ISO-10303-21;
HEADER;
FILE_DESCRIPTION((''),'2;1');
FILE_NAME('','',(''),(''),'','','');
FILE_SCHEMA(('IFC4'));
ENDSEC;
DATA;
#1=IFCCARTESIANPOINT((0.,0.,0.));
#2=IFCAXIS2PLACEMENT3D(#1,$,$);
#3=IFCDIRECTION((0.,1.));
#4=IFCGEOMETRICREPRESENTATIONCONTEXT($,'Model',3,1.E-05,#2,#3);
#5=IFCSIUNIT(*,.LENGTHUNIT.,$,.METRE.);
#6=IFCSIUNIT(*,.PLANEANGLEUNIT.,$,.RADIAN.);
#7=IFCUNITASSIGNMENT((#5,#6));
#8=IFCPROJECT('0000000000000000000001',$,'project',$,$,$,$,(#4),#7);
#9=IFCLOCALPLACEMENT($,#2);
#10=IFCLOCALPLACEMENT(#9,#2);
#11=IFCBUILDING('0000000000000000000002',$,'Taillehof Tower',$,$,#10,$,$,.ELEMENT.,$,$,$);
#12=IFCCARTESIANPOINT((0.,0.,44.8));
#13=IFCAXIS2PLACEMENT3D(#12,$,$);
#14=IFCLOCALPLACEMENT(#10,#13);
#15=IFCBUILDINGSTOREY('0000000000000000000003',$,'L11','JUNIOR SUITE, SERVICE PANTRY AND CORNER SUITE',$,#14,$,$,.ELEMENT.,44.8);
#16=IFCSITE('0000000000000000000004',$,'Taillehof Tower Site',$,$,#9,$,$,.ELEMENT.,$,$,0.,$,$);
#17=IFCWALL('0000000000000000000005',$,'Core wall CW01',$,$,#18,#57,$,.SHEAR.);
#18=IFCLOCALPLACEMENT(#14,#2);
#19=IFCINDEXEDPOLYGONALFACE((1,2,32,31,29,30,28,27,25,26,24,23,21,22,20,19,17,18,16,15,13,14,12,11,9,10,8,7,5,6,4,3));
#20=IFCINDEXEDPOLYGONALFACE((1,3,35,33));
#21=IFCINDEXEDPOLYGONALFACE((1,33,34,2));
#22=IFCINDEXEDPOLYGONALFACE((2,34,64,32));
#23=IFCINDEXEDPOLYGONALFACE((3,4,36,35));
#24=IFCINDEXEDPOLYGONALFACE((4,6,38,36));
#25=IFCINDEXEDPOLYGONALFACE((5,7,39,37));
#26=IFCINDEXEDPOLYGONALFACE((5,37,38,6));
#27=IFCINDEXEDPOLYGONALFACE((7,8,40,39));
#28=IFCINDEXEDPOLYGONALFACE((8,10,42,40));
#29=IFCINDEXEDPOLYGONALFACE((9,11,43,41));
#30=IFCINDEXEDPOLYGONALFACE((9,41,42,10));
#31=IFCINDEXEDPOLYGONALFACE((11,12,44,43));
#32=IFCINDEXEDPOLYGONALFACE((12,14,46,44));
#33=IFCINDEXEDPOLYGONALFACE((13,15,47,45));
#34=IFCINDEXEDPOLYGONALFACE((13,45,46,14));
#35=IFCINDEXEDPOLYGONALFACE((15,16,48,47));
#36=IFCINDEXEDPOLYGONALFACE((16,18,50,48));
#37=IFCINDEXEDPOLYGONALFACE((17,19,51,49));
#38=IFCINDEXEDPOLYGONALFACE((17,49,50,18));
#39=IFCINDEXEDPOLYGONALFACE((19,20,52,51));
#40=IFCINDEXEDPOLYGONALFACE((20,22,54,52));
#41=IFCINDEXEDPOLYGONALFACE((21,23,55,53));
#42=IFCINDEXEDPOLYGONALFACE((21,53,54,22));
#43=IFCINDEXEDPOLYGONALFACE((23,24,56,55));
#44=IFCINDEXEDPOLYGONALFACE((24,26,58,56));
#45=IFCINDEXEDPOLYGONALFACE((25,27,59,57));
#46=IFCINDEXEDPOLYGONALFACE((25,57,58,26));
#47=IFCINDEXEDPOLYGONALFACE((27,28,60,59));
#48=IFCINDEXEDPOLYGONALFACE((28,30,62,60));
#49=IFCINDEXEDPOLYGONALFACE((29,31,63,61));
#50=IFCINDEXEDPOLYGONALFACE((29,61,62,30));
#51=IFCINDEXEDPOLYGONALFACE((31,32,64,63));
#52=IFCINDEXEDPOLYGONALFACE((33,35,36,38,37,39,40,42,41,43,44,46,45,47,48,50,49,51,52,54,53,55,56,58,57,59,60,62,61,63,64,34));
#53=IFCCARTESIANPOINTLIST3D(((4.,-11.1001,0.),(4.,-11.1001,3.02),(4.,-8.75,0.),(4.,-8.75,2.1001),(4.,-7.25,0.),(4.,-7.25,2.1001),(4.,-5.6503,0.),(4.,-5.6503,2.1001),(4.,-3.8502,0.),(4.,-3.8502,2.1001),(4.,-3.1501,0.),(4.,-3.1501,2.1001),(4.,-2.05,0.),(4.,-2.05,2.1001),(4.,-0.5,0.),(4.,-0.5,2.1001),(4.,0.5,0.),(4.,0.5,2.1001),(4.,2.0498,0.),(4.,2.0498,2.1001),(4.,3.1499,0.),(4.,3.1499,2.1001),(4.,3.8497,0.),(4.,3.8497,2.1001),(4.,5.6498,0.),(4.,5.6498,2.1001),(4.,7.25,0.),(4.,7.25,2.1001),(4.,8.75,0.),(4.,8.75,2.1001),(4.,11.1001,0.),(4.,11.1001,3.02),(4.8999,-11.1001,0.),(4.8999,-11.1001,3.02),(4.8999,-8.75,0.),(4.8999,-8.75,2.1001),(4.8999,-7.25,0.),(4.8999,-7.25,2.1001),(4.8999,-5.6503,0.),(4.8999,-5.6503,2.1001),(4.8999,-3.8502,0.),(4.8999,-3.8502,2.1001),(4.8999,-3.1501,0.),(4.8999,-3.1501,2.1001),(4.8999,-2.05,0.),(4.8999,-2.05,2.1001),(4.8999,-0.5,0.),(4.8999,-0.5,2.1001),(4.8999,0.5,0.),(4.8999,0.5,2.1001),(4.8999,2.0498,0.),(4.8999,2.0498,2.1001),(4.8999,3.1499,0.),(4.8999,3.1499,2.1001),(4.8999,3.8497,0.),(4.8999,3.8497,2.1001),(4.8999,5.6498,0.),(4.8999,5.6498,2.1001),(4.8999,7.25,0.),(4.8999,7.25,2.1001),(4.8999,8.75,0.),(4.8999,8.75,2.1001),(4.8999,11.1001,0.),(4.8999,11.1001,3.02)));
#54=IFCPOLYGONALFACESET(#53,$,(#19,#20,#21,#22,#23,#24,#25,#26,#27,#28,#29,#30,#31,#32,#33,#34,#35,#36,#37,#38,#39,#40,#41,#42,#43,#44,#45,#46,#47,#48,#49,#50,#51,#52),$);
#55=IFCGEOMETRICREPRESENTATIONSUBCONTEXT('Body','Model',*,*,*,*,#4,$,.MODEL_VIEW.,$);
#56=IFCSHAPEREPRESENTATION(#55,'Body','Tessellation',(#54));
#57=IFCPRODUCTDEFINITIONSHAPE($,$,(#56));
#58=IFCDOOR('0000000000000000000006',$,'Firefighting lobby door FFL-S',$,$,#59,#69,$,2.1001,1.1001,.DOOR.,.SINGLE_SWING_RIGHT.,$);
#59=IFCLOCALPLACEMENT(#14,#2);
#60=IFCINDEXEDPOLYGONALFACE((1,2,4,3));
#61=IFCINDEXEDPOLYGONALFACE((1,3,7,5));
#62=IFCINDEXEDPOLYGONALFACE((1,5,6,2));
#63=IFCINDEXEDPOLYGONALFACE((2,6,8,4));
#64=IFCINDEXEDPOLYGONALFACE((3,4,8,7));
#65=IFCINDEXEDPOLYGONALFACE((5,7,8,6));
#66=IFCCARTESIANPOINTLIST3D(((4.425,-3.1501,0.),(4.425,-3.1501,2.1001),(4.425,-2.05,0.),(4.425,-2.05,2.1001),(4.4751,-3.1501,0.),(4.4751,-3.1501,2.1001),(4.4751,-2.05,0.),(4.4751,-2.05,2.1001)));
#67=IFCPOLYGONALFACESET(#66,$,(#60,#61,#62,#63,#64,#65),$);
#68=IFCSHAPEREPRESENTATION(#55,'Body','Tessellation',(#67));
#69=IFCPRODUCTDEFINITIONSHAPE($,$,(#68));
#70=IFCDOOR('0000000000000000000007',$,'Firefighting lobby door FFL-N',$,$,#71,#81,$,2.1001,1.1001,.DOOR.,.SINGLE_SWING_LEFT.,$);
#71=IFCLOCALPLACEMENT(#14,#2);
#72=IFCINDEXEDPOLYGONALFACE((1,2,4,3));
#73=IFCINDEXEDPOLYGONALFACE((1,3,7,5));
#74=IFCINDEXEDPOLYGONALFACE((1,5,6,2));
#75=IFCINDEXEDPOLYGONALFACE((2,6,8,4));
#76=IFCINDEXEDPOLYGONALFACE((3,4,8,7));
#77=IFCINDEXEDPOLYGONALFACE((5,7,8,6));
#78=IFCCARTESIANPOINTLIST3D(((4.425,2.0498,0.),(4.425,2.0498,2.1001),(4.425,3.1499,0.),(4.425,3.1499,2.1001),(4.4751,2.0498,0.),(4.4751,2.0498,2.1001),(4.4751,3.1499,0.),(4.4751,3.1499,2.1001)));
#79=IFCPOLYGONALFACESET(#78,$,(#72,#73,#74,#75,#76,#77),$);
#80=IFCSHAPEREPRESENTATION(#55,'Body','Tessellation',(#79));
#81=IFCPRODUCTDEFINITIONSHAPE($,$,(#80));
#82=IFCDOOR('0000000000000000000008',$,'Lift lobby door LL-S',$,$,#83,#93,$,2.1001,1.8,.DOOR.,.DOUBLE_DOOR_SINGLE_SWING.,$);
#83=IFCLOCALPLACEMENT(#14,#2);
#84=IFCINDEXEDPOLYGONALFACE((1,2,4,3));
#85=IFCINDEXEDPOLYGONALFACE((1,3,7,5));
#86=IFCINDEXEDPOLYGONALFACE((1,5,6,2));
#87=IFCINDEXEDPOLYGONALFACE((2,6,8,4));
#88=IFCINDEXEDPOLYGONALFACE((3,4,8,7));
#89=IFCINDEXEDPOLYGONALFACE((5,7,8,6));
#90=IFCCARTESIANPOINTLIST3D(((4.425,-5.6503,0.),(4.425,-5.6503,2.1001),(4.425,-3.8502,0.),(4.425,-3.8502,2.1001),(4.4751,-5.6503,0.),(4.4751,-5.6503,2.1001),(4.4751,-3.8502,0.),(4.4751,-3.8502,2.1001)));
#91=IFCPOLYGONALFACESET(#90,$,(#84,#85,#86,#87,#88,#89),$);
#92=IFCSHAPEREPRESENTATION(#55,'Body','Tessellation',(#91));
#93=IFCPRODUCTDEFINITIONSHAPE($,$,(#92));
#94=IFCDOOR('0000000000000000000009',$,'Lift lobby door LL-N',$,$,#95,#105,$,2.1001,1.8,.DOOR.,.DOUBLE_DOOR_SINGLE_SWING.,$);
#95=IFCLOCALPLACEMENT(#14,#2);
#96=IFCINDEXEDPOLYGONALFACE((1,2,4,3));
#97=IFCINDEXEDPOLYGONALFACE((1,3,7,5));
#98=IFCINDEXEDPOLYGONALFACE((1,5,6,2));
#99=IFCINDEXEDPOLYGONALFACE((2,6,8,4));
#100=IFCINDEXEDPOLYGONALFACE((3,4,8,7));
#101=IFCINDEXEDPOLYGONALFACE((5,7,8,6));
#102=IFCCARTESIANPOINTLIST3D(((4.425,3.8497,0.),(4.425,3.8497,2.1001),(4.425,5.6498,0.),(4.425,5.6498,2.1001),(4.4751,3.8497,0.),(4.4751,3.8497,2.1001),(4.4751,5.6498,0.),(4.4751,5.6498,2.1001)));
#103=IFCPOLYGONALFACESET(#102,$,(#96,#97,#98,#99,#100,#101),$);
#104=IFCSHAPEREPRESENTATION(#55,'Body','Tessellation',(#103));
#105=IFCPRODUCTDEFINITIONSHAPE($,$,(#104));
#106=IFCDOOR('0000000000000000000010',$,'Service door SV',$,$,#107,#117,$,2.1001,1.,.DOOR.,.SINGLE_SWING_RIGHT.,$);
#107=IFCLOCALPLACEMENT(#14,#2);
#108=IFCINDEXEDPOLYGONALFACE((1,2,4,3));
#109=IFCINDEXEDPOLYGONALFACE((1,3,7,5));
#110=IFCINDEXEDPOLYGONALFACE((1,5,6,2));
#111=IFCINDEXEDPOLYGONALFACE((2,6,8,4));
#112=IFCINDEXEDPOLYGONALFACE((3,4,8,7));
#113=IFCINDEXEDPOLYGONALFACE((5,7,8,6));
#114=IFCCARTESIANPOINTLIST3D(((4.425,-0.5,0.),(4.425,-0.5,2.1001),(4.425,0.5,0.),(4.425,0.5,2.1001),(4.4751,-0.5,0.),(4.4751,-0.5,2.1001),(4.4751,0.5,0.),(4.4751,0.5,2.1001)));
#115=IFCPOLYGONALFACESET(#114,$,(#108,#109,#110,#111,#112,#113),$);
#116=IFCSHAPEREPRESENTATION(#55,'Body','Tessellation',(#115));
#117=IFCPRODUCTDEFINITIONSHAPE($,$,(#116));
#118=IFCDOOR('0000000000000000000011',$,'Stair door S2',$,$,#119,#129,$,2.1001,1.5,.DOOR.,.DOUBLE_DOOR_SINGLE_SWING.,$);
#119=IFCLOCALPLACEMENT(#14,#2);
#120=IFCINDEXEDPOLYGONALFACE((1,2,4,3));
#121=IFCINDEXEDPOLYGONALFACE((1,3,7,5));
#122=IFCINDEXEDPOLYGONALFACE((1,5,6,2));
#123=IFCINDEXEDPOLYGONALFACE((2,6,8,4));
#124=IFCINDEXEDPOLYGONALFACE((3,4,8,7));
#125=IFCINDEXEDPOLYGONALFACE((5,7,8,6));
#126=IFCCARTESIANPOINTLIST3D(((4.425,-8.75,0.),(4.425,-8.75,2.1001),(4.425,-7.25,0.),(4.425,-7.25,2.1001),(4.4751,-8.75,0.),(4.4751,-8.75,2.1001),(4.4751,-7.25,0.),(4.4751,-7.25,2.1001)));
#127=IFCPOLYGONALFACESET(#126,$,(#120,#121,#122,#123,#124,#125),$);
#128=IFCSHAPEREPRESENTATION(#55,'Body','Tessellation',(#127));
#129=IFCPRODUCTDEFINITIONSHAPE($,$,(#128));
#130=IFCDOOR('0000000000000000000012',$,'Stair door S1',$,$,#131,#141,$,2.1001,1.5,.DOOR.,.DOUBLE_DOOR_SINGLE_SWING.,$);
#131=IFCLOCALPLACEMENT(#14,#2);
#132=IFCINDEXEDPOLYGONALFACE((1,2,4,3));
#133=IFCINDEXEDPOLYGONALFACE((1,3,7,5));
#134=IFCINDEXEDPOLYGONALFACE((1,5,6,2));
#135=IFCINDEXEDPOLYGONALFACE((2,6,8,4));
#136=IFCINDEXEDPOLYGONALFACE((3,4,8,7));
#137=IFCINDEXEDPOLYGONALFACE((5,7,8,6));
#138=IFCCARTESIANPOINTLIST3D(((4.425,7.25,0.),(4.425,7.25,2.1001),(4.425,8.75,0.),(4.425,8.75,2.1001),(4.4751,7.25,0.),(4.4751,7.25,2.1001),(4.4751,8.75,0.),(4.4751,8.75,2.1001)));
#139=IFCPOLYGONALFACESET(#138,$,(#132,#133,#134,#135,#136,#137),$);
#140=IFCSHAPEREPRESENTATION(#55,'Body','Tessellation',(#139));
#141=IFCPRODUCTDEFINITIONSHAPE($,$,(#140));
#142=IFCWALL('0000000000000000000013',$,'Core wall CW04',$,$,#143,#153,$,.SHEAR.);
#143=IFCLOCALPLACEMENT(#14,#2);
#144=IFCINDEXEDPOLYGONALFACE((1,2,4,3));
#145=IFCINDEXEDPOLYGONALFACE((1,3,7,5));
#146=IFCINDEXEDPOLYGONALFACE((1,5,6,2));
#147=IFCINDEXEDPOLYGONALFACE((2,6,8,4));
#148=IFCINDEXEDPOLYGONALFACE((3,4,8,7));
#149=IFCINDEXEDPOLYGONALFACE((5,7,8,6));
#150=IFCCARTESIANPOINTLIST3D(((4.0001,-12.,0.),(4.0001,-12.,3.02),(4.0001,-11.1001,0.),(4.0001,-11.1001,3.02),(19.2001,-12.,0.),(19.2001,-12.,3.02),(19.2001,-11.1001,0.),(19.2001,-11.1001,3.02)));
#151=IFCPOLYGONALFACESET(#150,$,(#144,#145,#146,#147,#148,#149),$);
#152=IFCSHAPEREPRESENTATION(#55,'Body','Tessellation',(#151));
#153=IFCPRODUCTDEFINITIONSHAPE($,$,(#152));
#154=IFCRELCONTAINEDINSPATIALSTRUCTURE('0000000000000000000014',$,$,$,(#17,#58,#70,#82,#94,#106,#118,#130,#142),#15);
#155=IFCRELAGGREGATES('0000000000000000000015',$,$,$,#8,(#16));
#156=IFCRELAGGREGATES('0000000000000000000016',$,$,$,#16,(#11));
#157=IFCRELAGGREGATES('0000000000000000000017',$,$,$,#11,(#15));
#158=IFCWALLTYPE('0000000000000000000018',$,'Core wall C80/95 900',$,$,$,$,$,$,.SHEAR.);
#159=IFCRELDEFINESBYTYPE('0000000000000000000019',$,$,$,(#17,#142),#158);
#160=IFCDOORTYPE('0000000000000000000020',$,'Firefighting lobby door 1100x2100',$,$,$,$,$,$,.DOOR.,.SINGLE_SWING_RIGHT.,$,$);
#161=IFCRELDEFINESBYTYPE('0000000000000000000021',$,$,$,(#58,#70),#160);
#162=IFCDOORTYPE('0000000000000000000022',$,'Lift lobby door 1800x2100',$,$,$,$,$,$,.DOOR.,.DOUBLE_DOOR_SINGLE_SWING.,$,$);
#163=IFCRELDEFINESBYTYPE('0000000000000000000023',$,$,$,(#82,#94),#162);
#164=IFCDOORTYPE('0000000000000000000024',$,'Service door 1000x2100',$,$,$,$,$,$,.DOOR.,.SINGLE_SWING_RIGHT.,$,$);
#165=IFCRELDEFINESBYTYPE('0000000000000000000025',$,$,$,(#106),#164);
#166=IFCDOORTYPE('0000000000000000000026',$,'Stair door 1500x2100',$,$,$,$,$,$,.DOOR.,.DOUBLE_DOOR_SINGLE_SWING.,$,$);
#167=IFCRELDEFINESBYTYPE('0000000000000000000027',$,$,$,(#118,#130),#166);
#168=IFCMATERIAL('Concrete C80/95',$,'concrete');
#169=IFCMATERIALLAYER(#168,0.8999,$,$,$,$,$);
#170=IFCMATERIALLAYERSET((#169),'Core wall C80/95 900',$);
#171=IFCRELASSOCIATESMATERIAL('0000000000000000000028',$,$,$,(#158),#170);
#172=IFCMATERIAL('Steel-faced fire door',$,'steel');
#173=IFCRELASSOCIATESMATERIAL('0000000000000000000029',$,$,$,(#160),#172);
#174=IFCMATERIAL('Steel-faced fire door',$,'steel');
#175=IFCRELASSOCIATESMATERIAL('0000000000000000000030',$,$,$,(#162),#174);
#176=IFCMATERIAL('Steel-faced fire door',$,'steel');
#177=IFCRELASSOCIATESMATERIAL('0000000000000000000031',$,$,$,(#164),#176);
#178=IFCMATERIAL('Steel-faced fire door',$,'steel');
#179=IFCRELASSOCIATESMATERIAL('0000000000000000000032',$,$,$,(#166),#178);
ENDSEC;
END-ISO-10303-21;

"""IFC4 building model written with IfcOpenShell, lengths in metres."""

from ifc_helpers import new_model, si_unit, direction, frame, frame_2d, origin, place, context, subcontext, project, spatial, rectangle, extrude, material, layer, layer_set, type_object, element, fill, save


model = new_model("IFC4")

# Units and contexts
model_context = context("Model", 3, precision=1e-05, world=origin(), true_north=direction((0.0, 1.0)))
body_context = subcontext(model_context, "Body", "Model", "MODEL_VIEW")
ifc_project = project(units=[si_unit("LENGTHUNIT", "METRE"), si_unit("PLANEANGLEUNIT", "RADIAN")], contexts=[model_context])

# Site, building, storey
site_placement = place(None, origin())
site = spatial("IfcSite", under=ifc_project, at=site_placement, Name="Taillehof Tower Site", CompositionType="ELEMENT", RefElevation=0.0)
building_placement = place(site_placement, origin())
building = spatial("IfcBuilding", under=site, at=building_placement, Name="Taillehof Tower", CompositionType="ELEMENT")
storey_placement = place(building_placement, frame((0.0, 0.0, 44.8)))
storey = spatial("IfcBuildingStorey", under=building, at=storey_placement, Name="L11", Description="JUNIOR SUITE, SERVICE PANTRY AND CORNER SUITE", CompositionType="ELEMENT", Elevation=44.8)

# Wall, openings, doors
ifc_material_1 = material(Name="Concrete C80/95", Category="concrete")
ifc_layer_1 = layer(ifc_material_1, 0.8999)
ifc_layer_set_1 = layer_set([ifc_layer_1], Name="Core wall C80/95 900")
wall_type_1 = type_object("IfcWallType", Name="Core wall C80/95 900", PredefinedType="SHEAR", material=ifc_layer_set_1)
wall_1_placement = place(storey_placement, frame((4.45, -11.1001, 0.0), z_axis=(0.0, 0.0, 1.0), x_axis=(0.0, 1.0, 0.0)))
wall_1 = element("IfcWall", 1, at=wall_1_placement, inside=storey, type_object=wall_type_1, Name="Core wall CW01", PredefinedType="SHEAR", context=body_context, shape_type="SweptSolid", body=[
    extrude(rectangle(XDim=22.2002, YDim=0.8999, at=frame_2d((11.1001, 0.0))), origin(), (0.0, 0.0, 1.0), 3.02),
])
opening_1_placement = place(wall_1_placement, frame((2.3501, 0.0, 0.0)))
opening_1 = element("IfcOpeningElement", 2, at=opening_1_placement, cuts=wall_1, PredefinedType="OPENING", context=body_context, shape_type="SweptSolid", body=[
    extrude(rectangle(XDim=1.5, YDim=2.1001, at=frame_2d((0.75, 1.05))), frame((0.0, 0.46, 0.0), z_axis=(0.0, -1.0, 0.0), x_axis=(1.0, 0.0, 0.0)), (0.0, 0.0, 1.0), 0.9199),
])
opening_2_placement = place(wall_1_placement, frame((5.45, 0.0, 0.0)))
opening_2 = element("IfcOpeningElement", 3, at=opening_2_placement, cuts=wall_1, PredefinedType="OPENING", context=body_context, shape_type="SweptSolid", body=[
    extrude(rectangle(XDim=1.8, YDim=2.1001, at=frame_2d((0.8999, 1.05))), frame((0.0, 0.46, 0.0), z_axis=(0.0, -1.0, 0.0), x_axis=(1.0, 0.0, 0.0)), (0.0, 0.0, 1.0), 0.9199),
])
opening_3_placement = place(wall_1_placement, frame((7.95, 0.0, 0.0)))
opening_3 = element("IfcOpeningElement", 4, at=opening_3_placement, cuts=wall_1, PredefinedType="OPENING", context=body_context, shape_type="SweptSolid", body=[
    extrude(rectangle(XDim=1.1001, YDim=2.1001, at=frame_2d((0.55, 1.05))), frame((0.0, 0.46, 0.0), z_axis=(0.0, -1.0, 0.0), x_axis=(1.0, 0.0, 0.0)), (0.0, 0.0, 1.0), 0.9199),
])
opening_4_placement = place(wall_1_placement, frame((10.6001, 0.0, 0.0)))
opening_4 = element("IfcOpeningElement", 5, at=opening_4_placement, cuts=wall_1, PredefinedType="OPENING", context=body_context, shape_type="SweptSolid", body=[
    extrude(rectangle(XDim=1.0, YDim=2.1001, at=frame_2d((0.5, 1.05))), frame((0.0, 0.46, 0.0), z_axis=(0.0, -1.0, 0.0), x_axis=(1.0, 0.0, 0.0)), (0.0, 0.0, 1.0), 0.9199),
])
opening_5_placement = place(wall_1_placement, frame((13.1499, 0.0, 0.0)))
opening_5 = element("IfcOpeningElement", 6, at=opening_5_placement, cuts=wall_1, PredefinedType="OPENING", context=body_context, shape_type="SweptSolid", body=[
    extrude(rectangle(XDim=1.1001, YDim=2.1001, at=frame_2d((0.55, 1.05))), frame((0.0, 0.46, 0.0), z_axis=(0.0, -1.0, 0.0), x_axis=(1.0, 0.0, 0.0)), (0.0, 0.0, 1.0), 0.9199),
])
opening_6_placement = place(wall_1_placement, frame((14.95, 0.0, 0.0)))
opening_6 = element("IfcOpeningElement", 7, at=opening_6_placement, cuts=wall_1, PredefinedType="OPENING", context=body_context, shape_type="SweptSolid", body=[
    extrude(rectangle(XDim=1.8, YDim=2.1001, at=frame_2d((0.8999, 1.05))), frame((0.0, 0.46, 0.0), z_axis=(0.0, -1.0, 0.0), x_axis=(1.0, 0.0, 0.0)), (0.0, 0.0, 1.0), 0.9199),
])
opening_7_placement = place(wall_1_placement, frame((18.3501, 0.0, 0.0)))
opening_7 = element("IfcOpeningElement", 8, at=opening_7_placement, cuts=wall_1, PredefinedType="OPENING", context=body_context, shape_type="SweptSolid", body=[
    extrude(rectangle(XDim=1.5, YDim=2.1001, at=frame_2d((0.75, 1.05))), frame((0.0, 0.46, 0.0), z_axis=(0.0, -1.0, 0.0), x_axis=(1.0, 0.0, 0.0)), (0.0, 0.0, 1.0), 0.9199),
])
ifc_material_2 = material(Name="Steel-faced fire door", Category="steel")
door_type_1 = type_object("IfcDoorType", Name="Firefighting lobby door 1100x2100", OperationType="SINGLE_SWING_RIGHT", PredefinedType="DOOR", material=ifc_material_2)
door_1_placement = place(opening_3_placement, origin())
door_1 = element("IfcDoor", 9, at=door_1_placement, inside=storey, type_object=door_type_1, Name="Firefighting lobby door FFL-S", OperationType="SINGLE_SWING_RIGHT", OverallHeight=2.1001, OverallWidth=1.1001, PredefinedType="DOOR", context=body_context, shape_type="SweptSolid", body=[
    extrude(rectangle(XDim=1.1001, YDim=2.1001, at=frame_2d((0.55, 1.05))), frame((0.0, 0.0249, 0.0), z_axis=(0.0, -1.0, 0.0), x_axis=(1.0, 0.0, 0.0)), (0.0, 0.0, 1.0), 0.05),
])
fill(opening_3, door_1)
door_2_placement = place(opening_5_placement, origin())
door_2 = element("IfcDoor", 10, at=door_2_placement, inside=storey, type_object=door_type_1, Name="Firefighting lobby door FFL-N", OperationType="SINGLE_SWING_LEFT", OverallHeight=2.1001, OverallWidth=1.1001, PredefinedType="DOOR", context=body_context, shape_type="SweptSolid", body=[
    extrude(rectangle(XDim=1.1001, YDim=2.1001, at=frame_2d((0.55, 1.05))), frame((0.0, 0.0249, 0.0), z_axis=(0.0, -1.0, 0.0), x_axis=(1.0, 0.0, 0.0)), (0.0, 0.0, 1.0), 0.05),
])
fill(opening_5, door_2)
ifc_material_3 = material(Name="Steel-faced fire door", Category="steel")
door_type_2 = type_object("IfcDoorType", Name="Lift lobby door 1800x2100", OperationType="DOUBLE_DOOR_SINGLE_SWING", PredefinedType="DOOR", material=ifc_material_3)
door_3_placement = place(opening_2_placement, origin())
door_3 = element("IfcDoor", 11, at=door_3_placement, inside=storey, type_object=door_type_2, Name="Lift lobby door LL-S", OperationType="DOUBLE_DOOR_SINGLE_SWING", OverallHeight=2.1001, OverallWidth=1.8, PredefinedType="DOOR", context=body_context, shape_type="SweptSolid", body=[
    extrude(rectangle(XDim=1.8, YDim=2.1001, at=frame_2d((0.8999, 1.05))), frame((0.0, 0.0249, 0.0), z_axis=(0.0, -1.0, 0.0), x_axis=(1.0, 0.0, 0.0)), (0.0, 0.0, 1.0), 0.05),
])
fill(opening_2, door_3)
door_4_placement = place(opening_6_placement, origin())
door_4 = element("IfcDoor", 12, at=door_4_placement, inside=storey, type_object=door_type_2, Name="Lift lobby door LL-N", OperationType="DOUBLE_DOOR_SINGLE_SWING", OverallHeight=2.1001, OverallWidth=1.8, PredefinedType="DOOR", context=body_context, shape_type="SweptSolid", body=[
    extrude(rectangle(XDim=1.8, YDim=2.1001, at=frame_2d((0.8999, 1.05))), frame((0.0, 0.0249, 0.0), z_axis=(0.0, -1.0, 0.0), x_axis=(1.0, 0.0, 0.0)), (0.0, 0.0, 1.0), 0.05),
])
fill(opening_6, door_4)
ifc_material_4 = material(Name="Steel-faced fire door", Category="steel")
door_type_3 = type_object("IfcDoorType", Name="Service door 1000x2100", OperationType="SINGLE_SWING_RIGHT", PredefinedType="DOOR", material=ifc_material_4)
door_5_placement = place(opening_4_placement, origin())
door_5 = element("IfcDoor", 13, at=door_5_placement, inside=storey, type_object=door_type_3, Name="Service door SV", OperationType="SINGLE_SWING_RIGHT", OverallHeight=2.1001, OverallWidth=1.0, PredefinedType="DOOR", context=body_context, shape_type="SweptSolid", body=[
    extrude(rectangle(XDim=1.0, YDim=2.1001, at=frame_2d((0.5, 1.05))), frame((0.0, 0.0249, 0.0), z_axis=(0.0, -1.0, 0.0), x_axis=(1.0, 0.0, 0.0)), (0.0, 0.0, 1.0), 0.05),
])
fill(opening_4, door_5)
ifc_material_5 = material(Name="Steel-faced fire door", Category="steel")
door_type_4 = type_object("IfcDoorType", Name="Stair door 1500x2100", OperationType="DOUBLE_DOOR_SINGLE_SWING", PredefinedType="DOOR", material=ifc_material_5)
door_6_placement = place(opening_1_placement, origin())
door_6 = element("IfcDoor", 14, at=door_6_placement, inside=storey, type_object=door_type_4, Name="Stair door S2", OperationType="DOUBLE_DOOR_SINGLE_SWING", OverallHeight=2.1001, OverallWidth=1.5, PredefinedType="DOOR", context=body_context, shape_type="SweptSolid", body=[
    extrude(rectangle(XDim=1.5, YDim=2.1001, at=frame_2d((0.75, 1.05))), frame((0.0, 0.0249, 0.0), z_axis=(0.0, -1.0, 0.0), x_axis=(1.0, 0.0, 0.0)), (0.0, 0.0, 1.0), 0.05),
])
fill(opening_1, door_6)
door_7_placement = place(opening_7_placement, origin())
door_7 = element("IfcDoor", 15, at=door_7_placement, inside=storey, type_object=door_type_4, Name="Stair door S1", OperationType="DOUBLE_DOOR_SINGLE_SWING", OverallHeight=2.1001, OverallWidth=1.5, PredefinedType="DOOR", context=body_context, shape_type="SweptSolid", body=[
    extrude(rectangle(XDim=1.5, YDim=2.1001, at=frame_2d((0.75, 1.05))), frame((0.0, 0.0249, 0.0), z_axis=(0.0, -1.0, 0.0), x_axis=(1.0, 0.0, 0.0)), (0.0, 0.0, 1.0), 0.05),
])
fill(opening_7, door_7)

# Wall
wall_2_placement = place(storey_placement, frame((4.0, -11.55, 0.0), z_axis=(0.0, 0.0, 1.0), x_axis=(1.0, 0.0, 0.0)))
element("IfcWall", 16, at=wall_2_placement, inside=storey, type_object=wall_type_1, Name="Core wall CW04", PredefinedType="SHEAR", context=body_context, shape_type="SweptSolid", body=[
    extrude(rectangle(XDim=15.2, YDim=0.8999, at=frame_2d((7.6001, 0.0))), origin(), (0.0, 0.0, 1.0), 3.02),
])

save(model, "model.ifc")
